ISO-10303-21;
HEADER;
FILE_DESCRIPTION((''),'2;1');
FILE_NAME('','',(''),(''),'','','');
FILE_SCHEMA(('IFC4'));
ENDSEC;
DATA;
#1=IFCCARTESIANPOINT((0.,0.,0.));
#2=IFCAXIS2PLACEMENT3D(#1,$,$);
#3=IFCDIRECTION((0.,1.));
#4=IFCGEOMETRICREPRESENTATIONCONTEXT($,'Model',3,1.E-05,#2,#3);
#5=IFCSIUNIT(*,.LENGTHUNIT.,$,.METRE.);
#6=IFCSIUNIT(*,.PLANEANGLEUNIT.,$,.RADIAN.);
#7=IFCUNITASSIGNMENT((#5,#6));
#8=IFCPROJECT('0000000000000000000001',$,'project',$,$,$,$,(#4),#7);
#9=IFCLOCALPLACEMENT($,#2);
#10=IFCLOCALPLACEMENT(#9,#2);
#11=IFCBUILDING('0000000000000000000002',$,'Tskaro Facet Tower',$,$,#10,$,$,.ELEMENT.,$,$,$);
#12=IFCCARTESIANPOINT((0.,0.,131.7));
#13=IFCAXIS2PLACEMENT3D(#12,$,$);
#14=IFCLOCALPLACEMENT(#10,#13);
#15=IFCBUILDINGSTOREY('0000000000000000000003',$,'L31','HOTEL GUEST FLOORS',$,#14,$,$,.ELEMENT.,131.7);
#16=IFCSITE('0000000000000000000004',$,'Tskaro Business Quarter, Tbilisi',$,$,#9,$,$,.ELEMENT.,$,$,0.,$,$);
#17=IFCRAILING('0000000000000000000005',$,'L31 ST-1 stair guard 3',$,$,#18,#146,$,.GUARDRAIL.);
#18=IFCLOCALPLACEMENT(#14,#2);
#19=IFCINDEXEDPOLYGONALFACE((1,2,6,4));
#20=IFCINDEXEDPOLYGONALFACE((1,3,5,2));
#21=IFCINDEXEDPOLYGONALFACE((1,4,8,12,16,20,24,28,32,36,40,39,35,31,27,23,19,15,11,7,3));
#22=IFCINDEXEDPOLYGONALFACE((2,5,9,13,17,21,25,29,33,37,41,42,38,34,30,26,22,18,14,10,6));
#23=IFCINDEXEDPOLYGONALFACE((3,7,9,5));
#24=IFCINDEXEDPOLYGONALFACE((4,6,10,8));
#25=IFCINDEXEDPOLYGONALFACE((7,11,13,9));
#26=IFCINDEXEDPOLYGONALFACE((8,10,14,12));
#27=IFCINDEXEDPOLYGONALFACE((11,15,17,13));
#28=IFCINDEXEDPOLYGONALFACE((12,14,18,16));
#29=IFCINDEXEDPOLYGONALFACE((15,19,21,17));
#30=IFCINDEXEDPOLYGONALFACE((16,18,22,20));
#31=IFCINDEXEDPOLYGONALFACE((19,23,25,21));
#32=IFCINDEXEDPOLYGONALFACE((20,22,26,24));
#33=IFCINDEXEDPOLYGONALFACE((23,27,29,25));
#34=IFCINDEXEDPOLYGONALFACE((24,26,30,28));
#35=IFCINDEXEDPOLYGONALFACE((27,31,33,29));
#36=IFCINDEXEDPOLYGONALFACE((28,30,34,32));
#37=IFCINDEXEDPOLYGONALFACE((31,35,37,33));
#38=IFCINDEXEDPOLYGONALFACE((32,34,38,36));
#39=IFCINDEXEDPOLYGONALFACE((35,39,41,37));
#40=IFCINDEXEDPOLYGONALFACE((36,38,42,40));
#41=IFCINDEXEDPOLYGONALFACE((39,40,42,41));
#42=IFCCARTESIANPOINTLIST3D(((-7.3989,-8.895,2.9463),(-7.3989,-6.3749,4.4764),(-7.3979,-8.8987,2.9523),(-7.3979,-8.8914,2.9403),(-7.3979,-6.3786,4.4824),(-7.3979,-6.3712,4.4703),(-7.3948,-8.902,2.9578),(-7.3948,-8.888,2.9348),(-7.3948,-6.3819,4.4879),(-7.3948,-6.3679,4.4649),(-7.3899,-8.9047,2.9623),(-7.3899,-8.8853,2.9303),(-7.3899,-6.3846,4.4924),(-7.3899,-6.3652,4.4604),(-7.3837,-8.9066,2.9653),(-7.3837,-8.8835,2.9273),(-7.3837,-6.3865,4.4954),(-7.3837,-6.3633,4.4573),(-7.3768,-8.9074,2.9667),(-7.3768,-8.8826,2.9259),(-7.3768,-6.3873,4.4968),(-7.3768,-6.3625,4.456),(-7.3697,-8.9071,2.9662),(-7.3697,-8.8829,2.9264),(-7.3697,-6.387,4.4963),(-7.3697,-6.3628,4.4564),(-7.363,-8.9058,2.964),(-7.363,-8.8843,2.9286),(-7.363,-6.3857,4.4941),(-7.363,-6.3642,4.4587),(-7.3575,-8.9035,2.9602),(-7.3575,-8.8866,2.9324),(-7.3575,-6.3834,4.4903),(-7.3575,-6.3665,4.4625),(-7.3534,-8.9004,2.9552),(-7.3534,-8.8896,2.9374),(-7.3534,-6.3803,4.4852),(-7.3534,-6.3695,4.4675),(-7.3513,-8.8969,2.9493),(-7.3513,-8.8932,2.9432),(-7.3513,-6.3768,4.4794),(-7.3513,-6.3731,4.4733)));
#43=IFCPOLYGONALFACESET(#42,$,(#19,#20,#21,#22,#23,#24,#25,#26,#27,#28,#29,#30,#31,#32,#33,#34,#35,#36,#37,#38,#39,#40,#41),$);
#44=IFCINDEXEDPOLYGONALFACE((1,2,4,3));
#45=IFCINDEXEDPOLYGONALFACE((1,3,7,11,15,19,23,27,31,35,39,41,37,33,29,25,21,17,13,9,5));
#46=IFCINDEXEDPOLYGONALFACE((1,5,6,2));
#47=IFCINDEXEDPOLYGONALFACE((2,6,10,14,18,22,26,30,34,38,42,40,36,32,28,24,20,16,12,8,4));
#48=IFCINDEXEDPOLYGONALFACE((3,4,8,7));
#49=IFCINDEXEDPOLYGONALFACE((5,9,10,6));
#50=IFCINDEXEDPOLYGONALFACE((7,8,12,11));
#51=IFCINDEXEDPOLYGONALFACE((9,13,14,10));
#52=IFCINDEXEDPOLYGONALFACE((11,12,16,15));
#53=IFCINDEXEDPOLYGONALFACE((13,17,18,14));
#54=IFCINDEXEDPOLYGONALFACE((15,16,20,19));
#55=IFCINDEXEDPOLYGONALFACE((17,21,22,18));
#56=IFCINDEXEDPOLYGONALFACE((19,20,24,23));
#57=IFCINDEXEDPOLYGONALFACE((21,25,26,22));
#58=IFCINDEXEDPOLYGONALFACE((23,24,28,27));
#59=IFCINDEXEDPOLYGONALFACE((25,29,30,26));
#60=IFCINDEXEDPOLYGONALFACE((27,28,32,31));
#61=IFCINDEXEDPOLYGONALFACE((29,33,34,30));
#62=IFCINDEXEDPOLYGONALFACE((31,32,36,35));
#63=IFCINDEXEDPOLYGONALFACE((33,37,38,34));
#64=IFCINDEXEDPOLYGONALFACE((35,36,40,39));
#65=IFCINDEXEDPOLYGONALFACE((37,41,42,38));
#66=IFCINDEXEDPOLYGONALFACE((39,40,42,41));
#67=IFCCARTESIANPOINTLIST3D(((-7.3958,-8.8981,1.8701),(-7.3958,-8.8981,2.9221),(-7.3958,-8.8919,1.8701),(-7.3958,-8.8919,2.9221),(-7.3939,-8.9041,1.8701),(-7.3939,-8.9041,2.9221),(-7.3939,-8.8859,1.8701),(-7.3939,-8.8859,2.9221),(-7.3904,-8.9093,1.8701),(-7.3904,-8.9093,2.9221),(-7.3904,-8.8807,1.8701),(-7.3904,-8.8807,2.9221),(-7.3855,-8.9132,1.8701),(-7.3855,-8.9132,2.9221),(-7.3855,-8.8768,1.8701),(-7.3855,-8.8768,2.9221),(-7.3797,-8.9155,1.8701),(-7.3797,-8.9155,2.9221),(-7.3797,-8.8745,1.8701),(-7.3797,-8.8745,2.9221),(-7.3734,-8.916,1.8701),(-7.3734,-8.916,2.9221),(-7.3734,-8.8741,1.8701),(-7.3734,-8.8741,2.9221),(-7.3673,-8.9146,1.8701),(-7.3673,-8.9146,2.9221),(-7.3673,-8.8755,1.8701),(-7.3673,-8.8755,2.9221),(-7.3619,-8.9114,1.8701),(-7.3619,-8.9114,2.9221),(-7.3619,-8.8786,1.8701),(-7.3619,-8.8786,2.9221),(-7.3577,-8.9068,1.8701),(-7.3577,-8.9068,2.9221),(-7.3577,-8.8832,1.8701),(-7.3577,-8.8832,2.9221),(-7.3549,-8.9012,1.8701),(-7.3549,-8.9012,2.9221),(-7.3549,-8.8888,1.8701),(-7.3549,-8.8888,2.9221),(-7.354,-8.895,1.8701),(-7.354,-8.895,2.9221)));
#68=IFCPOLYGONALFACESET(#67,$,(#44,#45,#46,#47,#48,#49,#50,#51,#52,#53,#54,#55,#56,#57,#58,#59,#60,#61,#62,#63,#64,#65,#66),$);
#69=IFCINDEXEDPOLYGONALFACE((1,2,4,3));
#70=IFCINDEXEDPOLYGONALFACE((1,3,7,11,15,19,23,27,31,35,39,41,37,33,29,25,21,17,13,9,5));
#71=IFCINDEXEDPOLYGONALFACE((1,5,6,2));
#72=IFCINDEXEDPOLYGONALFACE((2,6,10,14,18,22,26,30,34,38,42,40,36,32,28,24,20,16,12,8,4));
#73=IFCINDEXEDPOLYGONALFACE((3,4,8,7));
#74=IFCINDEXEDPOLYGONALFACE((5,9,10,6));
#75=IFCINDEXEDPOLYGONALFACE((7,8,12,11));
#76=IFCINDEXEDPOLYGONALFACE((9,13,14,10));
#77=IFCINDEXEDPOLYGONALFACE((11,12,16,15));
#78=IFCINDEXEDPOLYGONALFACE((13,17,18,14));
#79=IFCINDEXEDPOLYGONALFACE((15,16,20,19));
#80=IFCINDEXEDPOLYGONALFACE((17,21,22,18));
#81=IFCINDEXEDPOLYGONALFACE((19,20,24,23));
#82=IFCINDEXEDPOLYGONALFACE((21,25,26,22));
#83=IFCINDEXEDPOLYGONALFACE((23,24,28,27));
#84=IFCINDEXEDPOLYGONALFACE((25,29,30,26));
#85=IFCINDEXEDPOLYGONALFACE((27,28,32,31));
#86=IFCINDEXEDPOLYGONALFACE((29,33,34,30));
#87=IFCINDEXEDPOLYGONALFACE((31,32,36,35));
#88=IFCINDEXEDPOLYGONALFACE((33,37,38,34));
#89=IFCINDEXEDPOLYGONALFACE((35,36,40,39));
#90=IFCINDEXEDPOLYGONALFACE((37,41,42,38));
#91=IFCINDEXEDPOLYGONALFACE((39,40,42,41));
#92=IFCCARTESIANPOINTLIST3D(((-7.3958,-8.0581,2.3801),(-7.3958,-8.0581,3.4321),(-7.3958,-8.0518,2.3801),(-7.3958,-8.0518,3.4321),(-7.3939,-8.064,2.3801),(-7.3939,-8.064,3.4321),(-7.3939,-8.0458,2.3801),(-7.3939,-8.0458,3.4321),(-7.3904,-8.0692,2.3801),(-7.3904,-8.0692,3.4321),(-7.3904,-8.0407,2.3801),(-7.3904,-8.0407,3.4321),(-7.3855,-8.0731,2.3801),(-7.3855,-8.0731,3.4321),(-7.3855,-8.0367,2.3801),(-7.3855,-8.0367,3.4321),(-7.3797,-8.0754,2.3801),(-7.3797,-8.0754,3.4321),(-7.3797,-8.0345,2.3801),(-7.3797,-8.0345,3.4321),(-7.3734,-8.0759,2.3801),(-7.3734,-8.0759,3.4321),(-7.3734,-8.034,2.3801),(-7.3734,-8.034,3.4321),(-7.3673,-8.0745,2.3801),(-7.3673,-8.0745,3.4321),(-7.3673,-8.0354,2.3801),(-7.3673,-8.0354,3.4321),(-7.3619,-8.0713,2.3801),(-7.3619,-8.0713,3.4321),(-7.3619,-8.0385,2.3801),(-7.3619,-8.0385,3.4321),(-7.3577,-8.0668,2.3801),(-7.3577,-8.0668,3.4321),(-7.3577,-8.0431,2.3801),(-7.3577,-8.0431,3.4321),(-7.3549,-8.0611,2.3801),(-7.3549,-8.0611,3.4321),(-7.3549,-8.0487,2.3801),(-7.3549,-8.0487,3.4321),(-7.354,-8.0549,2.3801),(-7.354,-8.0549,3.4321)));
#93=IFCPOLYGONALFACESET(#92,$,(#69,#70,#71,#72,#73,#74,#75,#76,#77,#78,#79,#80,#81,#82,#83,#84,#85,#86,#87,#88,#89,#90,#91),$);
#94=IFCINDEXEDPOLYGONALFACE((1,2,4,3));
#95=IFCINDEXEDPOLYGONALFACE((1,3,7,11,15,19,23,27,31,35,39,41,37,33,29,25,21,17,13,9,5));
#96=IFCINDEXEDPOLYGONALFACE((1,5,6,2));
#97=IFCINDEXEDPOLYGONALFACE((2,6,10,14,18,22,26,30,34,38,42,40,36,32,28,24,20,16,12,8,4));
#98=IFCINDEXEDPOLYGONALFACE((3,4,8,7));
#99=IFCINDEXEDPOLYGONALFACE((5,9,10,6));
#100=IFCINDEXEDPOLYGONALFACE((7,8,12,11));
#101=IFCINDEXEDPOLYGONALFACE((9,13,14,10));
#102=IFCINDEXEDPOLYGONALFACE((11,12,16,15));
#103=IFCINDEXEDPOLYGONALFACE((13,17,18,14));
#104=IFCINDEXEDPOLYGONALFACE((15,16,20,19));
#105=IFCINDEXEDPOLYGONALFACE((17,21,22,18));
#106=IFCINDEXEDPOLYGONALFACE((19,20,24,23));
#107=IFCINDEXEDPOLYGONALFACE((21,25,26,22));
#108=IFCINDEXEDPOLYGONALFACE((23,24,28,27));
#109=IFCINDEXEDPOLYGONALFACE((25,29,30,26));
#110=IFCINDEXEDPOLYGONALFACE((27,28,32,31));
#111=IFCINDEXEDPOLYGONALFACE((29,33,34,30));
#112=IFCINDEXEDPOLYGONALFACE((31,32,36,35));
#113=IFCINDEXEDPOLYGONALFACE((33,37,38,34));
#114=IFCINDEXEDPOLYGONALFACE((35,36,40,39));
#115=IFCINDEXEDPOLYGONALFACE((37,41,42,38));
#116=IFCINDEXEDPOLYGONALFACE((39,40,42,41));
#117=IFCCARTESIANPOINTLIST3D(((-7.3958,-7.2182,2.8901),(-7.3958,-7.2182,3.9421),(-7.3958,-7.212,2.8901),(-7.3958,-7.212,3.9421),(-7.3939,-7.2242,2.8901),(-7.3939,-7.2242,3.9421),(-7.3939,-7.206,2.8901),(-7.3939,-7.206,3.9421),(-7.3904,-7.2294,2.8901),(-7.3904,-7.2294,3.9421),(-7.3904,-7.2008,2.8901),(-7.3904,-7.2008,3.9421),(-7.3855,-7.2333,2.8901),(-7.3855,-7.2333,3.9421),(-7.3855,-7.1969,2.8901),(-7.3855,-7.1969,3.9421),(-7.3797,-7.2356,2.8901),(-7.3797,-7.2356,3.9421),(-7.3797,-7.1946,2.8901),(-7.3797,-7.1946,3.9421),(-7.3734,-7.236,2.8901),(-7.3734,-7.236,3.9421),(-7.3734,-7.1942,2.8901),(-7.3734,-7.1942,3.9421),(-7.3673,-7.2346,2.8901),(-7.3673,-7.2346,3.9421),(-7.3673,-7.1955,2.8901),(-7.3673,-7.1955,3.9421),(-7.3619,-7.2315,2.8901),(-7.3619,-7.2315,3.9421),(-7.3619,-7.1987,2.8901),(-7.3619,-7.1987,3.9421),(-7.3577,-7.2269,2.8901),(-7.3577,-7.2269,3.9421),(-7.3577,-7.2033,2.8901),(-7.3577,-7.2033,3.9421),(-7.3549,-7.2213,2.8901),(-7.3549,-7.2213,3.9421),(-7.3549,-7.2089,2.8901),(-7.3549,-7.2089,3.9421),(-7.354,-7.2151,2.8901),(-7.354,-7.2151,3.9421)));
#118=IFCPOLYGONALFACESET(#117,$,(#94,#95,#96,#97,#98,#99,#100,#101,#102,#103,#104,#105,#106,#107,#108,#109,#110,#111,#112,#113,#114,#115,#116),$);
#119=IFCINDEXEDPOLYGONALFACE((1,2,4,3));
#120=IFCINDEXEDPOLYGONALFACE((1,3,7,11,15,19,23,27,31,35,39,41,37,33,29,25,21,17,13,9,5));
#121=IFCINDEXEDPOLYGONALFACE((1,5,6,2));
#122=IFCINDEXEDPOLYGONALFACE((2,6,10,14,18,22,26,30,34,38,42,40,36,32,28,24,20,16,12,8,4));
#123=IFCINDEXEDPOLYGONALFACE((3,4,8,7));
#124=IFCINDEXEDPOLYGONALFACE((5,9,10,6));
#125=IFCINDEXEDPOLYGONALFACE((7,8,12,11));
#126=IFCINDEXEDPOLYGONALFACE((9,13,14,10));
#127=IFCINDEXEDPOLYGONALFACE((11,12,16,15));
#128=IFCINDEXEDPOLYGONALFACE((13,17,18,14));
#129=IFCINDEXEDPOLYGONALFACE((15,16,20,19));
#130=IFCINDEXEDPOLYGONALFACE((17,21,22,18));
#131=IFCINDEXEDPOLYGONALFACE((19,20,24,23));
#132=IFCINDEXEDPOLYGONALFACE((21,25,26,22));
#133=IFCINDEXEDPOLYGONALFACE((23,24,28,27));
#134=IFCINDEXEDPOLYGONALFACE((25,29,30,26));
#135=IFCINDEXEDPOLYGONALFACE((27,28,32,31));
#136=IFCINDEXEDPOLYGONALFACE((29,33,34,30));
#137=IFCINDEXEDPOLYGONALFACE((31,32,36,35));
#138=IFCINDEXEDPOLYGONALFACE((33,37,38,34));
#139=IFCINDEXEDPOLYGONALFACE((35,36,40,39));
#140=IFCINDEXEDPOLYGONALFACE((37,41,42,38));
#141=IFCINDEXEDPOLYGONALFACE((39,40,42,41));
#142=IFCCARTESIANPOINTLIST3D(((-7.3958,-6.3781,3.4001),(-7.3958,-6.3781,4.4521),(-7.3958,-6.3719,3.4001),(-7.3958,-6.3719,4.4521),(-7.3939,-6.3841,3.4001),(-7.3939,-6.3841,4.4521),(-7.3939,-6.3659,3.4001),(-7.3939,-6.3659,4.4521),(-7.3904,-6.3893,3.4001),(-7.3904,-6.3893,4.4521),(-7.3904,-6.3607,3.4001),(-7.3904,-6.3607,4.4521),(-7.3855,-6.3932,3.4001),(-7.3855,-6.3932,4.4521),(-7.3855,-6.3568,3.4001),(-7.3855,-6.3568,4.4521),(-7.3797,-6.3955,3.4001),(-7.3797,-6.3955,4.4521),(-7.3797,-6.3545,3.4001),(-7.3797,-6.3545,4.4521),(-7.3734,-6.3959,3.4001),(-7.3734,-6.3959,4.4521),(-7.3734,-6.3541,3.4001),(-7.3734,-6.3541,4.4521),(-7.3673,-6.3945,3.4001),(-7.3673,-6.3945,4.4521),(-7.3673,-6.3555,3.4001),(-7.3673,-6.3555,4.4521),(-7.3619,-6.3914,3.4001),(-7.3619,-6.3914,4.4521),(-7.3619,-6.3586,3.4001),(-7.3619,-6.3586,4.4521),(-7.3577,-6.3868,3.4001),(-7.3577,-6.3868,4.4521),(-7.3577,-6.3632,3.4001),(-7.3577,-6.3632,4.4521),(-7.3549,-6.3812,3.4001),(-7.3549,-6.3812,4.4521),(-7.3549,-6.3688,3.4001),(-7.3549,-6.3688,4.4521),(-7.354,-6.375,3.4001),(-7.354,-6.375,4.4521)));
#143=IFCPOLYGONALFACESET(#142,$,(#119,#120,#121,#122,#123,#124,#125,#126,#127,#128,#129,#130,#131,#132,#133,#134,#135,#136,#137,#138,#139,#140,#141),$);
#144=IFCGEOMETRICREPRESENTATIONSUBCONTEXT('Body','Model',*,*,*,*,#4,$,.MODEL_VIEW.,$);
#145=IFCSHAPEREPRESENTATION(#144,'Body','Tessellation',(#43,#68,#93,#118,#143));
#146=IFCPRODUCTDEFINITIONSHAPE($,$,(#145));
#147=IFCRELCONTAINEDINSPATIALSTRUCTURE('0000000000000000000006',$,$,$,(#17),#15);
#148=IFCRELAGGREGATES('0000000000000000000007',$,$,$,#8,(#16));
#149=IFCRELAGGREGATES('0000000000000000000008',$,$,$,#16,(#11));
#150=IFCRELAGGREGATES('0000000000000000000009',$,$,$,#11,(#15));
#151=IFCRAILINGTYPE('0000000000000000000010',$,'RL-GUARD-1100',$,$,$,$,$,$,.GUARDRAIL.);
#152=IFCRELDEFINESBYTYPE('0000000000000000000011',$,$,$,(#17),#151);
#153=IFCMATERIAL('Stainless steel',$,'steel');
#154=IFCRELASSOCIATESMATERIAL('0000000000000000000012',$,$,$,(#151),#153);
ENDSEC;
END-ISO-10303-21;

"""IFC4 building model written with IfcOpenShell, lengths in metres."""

from ifc_helpers import new_model, si_unit, direction, frame, origin, origin_2d, place, context, subcontext, project, spatial, circle, extrude, material, type_object, element, save


model = new_model("IFC4")

# Units and contexts
model_context = context("Model", 3, precision=1e-05, world=origin(), true_north=direction((0.0, 1.0)))
body_context = subcontext(model_context, "Body", "Model", "MODEL_VIEW")
ifc_project = project(units=[si_unit("LENGTHUNIT", "METRE"), si_unit("PLANEANGLEUNIT", "RADIAN")], contexts=[model_context])

# Site, building, storey
site_placement = place(None, origin())
site = spatial("IfcSite", under=ifc_project, at=site_placement, Name="Tskaro Business Quarter, Tbilisi", CompositionType="ELEMENT", RefElevation=0.0)
building_placement = place(site_placement, origin())
building = spatial("IfcBuilding", under=site, at=building_placement, Name="Tskaro Facet Tower", CompositionType="ELEMENT")
storey_placement = place(building_placement, frame((0.0, 0.0, 131.7)))
storey = spatial("IfcBuildingStorey", under=building, at=storey_placement, Name="L31", Description="HOTEL GUEST FLOORS", CompositionType="ELEMENT", Elevation=131.7)

# Shared definitions
ifc_material_1 = material(Name="Stainless steel", Category="steel")

# Railing
railing_type_1 = type_object("IfcRailingType", Name="RL-GUARD-1100", PredefinedType="GUARDRAIL", material=ifc_material_1)
railing_1_placement = place(storey_placement, frame((-7.375, -8.895, 1.8701)))
element("IfcRailing", 1, at=railing_1_placement, inside=storey, type_object=railing_type_1, Name="L31 ST-1 stair guard 3", PredefinedType="GUARDRAIL", context=body_context, shape_type="SweptSolid", body=[
    extrude(circle(Radius=0.0239, at=origin_2d()), frame((0.0, 0.0, 1.0762), z_axis=(0.0, 0.854785, 0.518982), x_axis=(-1.0, 0.0, 0.0)), (0.0, 0.0, 1.0), 2.9482),
    extrude(circle(Radius=0.021, at=origin_2d()), origin(), (0.0, 0.0, 1.0), 1.052),
    extrude(circle(Radius=0.021, at=origin_2d()), frame((0.0, 0.8401, 0.51)), (0.0, 0.0, 1.0), 1.052),
    extrude(circle(Radius=0.021, at=origin_2d()), frame((0.0, 1.6799, 1.02)), (0.0, 0.0, 1.0), 1.052),
    extrude(circle(Radius=0.021, at=origin_2d()), frame((0.0, 2.52, 1.53)), (0.0, 0.0, 1.0), 1.052),
])

save(model, "model.ifc")
